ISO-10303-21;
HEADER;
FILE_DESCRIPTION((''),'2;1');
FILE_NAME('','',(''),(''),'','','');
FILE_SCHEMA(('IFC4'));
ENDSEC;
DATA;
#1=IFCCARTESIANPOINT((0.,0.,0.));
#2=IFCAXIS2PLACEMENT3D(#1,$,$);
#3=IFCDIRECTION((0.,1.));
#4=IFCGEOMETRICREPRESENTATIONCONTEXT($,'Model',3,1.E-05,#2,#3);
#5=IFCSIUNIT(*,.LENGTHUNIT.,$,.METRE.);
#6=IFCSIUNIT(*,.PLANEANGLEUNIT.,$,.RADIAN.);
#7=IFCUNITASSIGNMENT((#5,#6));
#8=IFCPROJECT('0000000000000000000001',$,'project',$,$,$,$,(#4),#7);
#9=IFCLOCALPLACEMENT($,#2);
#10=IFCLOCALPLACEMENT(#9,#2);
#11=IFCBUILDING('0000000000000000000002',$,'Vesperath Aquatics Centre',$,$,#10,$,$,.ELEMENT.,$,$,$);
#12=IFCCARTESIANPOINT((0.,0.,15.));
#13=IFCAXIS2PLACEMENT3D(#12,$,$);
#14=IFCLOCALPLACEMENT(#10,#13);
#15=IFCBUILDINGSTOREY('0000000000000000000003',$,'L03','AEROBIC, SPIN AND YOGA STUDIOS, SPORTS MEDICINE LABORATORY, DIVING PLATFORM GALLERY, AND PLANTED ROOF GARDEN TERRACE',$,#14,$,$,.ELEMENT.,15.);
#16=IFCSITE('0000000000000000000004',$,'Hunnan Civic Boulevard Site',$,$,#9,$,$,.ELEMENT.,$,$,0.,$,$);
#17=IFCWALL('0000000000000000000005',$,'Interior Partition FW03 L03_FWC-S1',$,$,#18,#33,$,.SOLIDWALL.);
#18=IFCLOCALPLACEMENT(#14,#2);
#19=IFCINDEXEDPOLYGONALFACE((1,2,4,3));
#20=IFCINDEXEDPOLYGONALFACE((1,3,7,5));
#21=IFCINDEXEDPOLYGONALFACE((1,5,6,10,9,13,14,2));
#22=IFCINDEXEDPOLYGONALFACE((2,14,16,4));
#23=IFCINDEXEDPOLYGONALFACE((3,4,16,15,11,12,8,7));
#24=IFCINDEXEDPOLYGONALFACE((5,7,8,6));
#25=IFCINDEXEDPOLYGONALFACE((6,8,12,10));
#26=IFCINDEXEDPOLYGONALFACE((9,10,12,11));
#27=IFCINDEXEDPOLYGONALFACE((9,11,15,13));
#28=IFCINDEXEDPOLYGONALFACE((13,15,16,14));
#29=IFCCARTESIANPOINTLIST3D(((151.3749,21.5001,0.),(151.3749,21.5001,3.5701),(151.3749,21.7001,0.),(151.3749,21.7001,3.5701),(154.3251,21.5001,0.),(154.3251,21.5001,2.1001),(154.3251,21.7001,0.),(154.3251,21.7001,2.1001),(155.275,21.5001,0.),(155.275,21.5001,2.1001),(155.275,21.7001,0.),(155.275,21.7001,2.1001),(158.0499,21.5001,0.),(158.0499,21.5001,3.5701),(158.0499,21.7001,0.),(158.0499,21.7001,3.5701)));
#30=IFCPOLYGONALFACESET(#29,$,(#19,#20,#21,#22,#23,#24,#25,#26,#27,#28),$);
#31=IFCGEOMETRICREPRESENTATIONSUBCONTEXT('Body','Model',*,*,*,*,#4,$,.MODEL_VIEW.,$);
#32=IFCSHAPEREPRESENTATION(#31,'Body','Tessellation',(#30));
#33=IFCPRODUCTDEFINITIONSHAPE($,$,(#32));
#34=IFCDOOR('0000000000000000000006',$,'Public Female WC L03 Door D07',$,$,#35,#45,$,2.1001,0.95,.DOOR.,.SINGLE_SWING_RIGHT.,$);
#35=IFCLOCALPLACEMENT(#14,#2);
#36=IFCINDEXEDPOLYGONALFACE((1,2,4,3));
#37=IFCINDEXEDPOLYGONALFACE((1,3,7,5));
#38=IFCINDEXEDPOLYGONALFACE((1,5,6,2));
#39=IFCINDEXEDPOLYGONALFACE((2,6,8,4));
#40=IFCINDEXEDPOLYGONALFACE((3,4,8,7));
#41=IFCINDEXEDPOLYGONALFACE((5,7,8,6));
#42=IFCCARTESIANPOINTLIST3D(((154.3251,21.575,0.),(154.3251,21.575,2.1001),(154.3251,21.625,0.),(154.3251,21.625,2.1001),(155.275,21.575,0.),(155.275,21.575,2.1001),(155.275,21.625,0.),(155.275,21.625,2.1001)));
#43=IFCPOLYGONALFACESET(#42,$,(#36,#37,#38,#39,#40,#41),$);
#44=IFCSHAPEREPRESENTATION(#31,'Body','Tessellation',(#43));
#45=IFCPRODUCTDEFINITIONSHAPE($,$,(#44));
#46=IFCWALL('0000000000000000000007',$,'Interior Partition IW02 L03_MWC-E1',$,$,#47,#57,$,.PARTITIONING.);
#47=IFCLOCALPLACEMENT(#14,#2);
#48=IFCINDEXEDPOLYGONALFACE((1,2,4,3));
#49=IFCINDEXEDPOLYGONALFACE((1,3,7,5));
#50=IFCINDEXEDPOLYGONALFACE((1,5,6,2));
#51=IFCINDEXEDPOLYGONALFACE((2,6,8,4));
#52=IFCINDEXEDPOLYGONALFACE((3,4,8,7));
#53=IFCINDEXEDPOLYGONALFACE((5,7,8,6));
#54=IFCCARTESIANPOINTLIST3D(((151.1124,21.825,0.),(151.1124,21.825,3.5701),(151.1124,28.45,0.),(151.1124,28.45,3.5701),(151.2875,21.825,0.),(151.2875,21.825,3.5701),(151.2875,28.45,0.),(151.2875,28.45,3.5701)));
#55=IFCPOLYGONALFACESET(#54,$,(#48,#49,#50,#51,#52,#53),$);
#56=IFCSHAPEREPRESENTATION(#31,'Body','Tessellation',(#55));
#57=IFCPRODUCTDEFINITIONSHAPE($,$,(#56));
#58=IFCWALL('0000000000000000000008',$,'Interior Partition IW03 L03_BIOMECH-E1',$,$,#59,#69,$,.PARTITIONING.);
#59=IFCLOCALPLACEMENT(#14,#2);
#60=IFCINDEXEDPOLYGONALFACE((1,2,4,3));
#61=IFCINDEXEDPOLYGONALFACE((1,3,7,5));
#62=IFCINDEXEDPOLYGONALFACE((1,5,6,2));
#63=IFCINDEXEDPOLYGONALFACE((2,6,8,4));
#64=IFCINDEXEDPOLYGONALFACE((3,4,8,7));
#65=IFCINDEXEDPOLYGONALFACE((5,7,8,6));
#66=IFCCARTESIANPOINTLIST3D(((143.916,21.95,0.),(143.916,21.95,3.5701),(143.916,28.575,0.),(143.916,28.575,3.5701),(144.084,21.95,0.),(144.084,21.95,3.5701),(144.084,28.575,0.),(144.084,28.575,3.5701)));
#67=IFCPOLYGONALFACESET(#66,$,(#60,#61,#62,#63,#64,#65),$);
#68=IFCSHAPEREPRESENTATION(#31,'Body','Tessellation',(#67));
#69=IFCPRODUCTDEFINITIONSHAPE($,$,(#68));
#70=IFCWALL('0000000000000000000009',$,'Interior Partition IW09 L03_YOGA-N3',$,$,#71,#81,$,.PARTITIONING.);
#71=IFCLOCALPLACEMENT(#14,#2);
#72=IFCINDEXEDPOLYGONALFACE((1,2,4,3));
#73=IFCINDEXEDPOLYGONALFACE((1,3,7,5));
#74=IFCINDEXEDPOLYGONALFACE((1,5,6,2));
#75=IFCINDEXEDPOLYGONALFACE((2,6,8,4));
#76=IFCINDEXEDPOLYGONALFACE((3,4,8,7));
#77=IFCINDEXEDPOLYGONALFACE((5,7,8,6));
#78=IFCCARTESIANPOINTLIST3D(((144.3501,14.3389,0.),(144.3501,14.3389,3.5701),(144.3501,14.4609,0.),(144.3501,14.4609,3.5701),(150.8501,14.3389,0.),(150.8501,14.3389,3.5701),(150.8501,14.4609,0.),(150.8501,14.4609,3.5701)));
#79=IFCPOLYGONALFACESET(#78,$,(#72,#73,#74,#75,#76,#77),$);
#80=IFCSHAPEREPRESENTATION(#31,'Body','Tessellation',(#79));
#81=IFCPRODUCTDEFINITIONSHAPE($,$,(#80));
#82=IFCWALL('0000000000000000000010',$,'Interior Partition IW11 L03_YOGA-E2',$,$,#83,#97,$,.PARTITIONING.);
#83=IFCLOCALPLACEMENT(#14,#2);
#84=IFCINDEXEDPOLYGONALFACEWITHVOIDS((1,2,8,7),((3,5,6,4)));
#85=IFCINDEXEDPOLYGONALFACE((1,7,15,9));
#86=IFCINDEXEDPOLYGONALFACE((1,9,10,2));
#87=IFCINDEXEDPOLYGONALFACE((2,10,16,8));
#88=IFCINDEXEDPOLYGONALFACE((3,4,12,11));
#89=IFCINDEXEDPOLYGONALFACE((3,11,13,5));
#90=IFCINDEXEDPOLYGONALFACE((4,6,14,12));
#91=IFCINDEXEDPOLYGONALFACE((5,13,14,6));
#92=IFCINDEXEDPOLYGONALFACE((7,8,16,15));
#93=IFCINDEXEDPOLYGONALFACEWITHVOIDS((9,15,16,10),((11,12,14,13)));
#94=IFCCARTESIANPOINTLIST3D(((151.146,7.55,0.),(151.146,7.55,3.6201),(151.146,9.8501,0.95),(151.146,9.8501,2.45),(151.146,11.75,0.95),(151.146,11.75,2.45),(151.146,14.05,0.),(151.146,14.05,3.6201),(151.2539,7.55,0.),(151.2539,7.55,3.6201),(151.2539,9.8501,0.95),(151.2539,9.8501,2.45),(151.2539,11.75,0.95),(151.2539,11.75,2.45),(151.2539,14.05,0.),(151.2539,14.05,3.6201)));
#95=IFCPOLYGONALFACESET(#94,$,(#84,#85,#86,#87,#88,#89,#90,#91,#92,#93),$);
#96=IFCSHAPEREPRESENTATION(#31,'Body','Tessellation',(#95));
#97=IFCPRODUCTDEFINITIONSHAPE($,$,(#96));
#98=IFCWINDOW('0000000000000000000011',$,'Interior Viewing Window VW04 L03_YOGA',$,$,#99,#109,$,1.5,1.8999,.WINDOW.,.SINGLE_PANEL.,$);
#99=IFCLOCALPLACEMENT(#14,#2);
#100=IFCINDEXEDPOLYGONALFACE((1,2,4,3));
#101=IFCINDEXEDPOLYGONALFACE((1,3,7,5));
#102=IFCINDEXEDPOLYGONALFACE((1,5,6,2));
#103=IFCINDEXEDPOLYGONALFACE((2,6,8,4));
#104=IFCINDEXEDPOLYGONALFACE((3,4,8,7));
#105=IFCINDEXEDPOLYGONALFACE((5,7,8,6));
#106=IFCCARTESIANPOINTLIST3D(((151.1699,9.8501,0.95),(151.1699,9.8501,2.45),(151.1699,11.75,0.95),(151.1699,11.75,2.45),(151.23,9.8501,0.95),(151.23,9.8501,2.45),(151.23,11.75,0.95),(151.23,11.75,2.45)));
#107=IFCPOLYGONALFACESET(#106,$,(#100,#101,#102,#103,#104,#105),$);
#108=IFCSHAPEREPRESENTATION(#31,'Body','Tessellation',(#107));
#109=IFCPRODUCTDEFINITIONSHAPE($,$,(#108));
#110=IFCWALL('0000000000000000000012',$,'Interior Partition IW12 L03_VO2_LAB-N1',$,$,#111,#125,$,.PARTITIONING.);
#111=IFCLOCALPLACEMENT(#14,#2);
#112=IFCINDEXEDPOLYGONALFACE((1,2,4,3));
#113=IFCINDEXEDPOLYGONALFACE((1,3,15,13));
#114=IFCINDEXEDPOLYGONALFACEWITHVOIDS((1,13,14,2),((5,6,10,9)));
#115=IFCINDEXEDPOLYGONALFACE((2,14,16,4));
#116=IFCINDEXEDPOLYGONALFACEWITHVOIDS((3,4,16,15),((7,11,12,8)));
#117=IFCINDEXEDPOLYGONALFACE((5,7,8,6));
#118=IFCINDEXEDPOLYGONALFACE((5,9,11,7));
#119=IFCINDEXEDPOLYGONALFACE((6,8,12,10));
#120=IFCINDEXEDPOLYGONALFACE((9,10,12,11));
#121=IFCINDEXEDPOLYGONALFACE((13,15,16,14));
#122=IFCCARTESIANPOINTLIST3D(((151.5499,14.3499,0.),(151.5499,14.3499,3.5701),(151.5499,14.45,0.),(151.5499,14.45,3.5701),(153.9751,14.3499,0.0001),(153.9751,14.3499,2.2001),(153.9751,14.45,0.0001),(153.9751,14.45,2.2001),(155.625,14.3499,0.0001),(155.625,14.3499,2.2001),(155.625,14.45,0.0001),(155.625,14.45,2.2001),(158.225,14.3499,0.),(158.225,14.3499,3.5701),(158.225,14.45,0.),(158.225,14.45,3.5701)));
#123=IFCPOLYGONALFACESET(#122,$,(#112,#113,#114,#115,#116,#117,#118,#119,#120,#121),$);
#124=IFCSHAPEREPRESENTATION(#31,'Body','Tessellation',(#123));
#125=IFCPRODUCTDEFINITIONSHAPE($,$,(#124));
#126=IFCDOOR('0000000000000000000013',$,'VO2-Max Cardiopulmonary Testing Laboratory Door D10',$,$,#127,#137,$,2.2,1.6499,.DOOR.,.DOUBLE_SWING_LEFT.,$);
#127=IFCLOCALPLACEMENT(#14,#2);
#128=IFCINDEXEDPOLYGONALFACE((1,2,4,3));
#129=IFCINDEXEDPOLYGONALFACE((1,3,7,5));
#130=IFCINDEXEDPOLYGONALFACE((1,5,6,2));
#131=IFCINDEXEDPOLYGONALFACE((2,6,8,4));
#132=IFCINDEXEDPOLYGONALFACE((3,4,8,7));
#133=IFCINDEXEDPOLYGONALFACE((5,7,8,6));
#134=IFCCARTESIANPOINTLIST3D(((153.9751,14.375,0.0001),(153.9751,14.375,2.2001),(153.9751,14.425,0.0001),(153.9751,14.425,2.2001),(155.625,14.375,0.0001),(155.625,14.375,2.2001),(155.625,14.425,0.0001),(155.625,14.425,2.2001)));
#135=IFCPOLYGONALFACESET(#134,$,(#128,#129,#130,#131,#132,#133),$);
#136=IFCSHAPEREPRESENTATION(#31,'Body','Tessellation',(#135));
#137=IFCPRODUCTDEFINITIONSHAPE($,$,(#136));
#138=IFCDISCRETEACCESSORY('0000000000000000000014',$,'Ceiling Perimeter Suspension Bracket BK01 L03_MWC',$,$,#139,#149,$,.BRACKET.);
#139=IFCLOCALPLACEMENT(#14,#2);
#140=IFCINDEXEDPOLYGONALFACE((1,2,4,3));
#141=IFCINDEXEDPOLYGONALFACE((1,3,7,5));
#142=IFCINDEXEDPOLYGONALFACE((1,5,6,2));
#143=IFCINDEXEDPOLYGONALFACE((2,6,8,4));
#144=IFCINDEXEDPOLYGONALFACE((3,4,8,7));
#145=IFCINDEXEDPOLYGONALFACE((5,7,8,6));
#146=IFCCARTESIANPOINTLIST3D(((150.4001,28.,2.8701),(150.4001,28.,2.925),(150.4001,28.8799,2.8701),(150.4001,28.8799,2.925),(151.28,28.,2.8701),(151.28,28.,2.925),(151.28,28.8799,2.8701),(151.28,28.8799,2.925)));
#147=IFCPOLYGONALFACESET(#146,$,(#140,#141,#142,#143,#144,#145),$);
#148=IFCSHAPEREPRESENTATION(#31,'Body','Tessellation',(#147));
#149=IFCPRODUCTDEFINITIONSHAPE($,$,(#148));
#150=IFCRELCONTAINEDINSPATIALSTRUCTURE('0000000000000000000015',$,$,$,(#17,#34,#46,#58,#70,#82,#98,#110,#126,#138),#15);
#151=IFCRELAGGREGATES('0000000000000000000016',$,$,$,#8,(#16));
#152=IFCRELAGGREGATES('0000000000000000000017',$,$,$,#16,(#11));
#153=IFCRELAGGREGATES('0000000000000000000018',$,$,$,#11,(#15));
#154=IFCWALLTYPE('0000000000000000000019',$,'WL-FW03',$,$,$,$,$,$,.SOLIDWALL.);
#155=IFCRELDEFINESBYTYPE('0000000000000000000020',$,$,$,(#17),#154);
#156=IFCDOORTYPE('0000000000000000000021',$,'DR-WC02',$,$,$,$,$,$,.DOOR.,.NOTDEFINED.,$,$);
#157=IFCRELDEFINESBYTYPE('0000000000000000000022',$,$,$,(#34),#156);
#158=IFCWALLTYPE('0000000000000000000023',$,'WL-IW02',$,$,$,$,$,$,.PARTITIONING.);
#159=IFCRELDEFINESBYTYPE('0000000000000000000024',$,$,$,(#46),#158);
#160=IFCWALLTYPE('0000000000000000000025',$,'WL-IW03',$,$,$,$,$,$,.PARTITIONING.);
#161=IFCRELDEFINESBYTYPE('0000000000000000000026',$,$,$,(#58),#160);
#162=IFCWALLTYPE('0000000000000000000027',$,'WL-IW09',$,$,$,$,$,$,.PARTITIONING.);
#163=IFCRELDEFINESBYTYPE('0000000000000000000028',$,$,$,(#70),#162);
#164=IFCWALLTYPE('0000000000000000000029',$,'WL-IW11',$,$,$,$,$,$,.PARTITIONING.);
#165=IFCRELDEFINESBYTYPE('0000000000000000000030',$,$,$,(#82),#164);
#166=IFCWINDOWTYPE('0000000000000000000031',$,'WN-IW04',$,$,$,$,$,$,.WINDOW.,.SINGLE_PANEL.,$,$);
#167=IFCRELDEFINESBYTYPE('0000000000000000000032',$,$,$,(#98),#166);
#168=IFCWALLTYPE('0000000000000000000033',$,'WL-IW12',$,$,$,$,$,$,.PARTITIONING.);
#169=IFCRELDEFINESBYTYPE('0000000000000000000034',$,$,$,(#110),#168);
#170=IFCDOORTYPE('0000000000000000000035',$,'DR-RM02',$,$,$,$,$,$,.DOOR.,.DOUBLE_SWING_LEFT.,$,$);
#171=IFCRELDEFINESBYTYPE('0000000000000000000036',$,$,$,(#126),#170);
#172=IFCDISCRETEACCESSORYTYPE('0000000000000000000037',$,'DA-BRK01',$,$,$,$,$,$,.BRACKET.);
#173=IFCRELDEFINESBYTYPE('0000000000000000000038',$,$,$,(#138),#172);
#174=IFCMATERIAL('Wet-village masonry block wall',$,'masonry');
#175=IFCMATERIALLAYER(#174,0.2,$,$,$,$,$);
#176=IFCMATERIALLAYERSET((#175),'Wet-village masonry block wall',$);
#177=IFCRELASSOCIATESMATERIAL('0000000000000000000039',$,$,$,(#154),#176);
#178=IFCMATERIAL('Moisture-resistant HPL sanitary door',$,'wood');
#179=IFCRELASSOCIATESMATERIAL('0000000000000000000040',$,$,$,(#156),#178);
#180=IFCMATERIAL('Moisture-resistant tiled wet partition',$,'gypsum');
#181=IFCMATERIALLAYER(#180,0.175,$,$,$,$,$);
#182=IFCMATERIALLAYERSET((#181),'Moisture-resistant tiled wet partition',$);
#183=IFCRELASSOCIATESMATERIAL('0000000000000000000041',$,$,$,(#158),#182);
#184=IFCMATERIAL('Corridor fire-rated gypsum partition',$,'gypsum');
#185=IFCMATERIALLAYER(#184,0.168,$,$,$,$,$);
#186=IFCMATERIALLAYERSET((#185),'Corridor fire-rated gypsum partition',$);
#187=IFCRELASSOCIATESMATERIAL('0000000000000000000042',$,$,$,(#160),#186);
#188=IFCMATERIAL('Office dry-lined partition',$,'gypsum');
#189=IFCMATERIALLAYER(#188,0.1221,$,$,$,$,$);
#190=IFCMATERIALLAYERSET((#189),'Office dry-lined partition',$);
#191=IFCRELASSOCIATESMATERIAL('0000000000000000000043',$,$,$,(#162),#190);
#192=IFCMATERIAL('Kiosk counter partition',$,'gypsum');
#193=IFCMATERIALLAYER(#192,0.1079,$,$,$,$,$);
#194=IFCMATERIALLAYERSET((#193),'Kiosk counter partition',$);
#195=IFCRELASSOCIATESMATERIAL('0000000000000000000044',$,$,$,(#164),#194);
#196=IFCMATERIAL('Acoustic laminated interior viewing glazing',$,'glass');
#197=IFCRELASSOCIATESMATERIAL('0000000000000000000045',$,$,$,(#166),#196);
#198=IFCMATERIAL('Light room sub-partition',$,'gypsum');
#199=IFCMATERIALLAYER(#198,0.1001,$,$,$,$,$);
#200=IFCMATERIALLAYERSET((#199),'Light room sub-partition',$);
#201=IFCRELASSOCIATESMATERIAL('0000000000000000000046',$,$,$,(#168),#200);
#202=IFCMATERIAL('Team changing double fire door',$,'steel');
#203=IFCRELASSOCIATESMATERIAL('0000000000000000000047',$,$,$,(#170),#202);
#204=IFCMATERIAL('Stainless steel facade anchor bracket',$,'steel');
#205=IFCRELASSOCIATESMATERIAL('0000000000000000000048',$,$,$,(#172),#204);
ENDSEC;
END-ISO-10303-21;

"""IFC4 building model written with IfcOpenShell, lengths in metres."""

from ifc_helpers import new_model, si_unit, direction, frame, frame_2d, origin, origin_2d, place, context, subcontext, project, spatial, rectangle, extrude, material, layer, layer_set, type_object, element, fill, save


model = new_model("IFC4")

# Units and contexts
model_context = context("Model", 3, precision=1e-05, world=origin(), true_north=direction((0.0, 1.0)))
body_context = subcontext(model_context, "Body", "Model", "MODEL_VIEW")
ifc_project = project(units=[si_unit("LENGTHUNIT", "METRE"), si_unit("PLANEANGLEUNIT", "RADIAN")], contexts=[model_context])

# Site, building, storey
site_placement = place(None, origin())
site = spatial("IfcSite", under=ifc_project, at=site_placement, Name="Hunnan Civic Boulevard Site", CompositionType="ELEMENT", RefElevation=0.0)
building_placement = place(site_placement, origin())
building = spatial("IfcBuilding", under=site, at=building_placement, Name="Vesperath Aquatics Centre", CompositionType="ELEMENT")
storey_placement = place(building_placement, frame((0.0, 0.0, 15.0)))
storey = spatial("IfcBuildingStorey", under=building, at=storey_placement, Name="L03", Description="AEROBIC, SPIN AND YOGA STUDIOS, SPORTS MEDICINE LABORATORY, DIVING PLATFORM GALLERY, AND PLANTED ROOF GARDEN TERRACE", CompositionType="ELEMENT", Elevation=15.0)

# Wall, opening, door
ifc_material_1 = material(Name="Wet-village masonry block wall", Category="masonry")
ifc_layer_1 = layer(ifc_material_1, 0.2)
ifc_layer_set_1 = layer_set([ifc_layer_1], Name="Wet-village masonry block wall")
wall_type_1 = type_object("IfcWallType", Name="WL-FW03", PredefinedType="SOLIDWALL", material=ifc_layer_set_1)
wall_1_placement = place(storey_placement, frame((151.375, 21.6001, 0.0), z_axis=(0.0, 0.0, 1.0), x_axis=(1.0, 0.0, 0.0)))
wall_1 = element("IfcWall", 1, at=wall_1_placement, inside=storey, type_object=wall_type_1, Name="Interior Partition FW03 L03_FWC-S1", PredefinedType="SOLIDWALL", context=body_context, shape_type="SweptSolid", body=[
    extrude(rectangle(XDim=6.675, YDim=0.2, at=frame_2d((3.3374, 0.0))), origin(), (0.0, 0.0, 1.0), 3.5701),
])
opening_1_placement = place(wall_1_placement, frame((2.95, 0.0, 0.0)))
opening_1 = element("IfcOpeningElement", 2, at=opening_1_placement, cuts=wall_1, PredefinedType="OPENING", context=body_context, shape_type="SweptSolid", body=[
    extrude(rectangle(XDim=0.95, YDim=2.1001, at=frame_2d((0.4751, 1.05))), frame((0.0, 0.1147, 0.0), z_axis=(0.0, -1.0, 0.0), x_axis=(1.0, 0.0, 0.0)), (0.0, 0.0, 1.0), 0.2297),
])
ifc_material_2 = material(Name="Moisture-resistant HPL sanitary door", Category="wood")
door_type_1 = type_object("IfcDoorType", Name="DR-WC02", OperationType="NOTDEFINED", PredefinedType="DOOR", material=ifc_material_2)
door_1_placement = place(opening_1_placement, origin())
door_1 = element("IfcDoor", 3, at=door_1_placement, inside=storey, type_object=door_type_1, Name="Public Female WC L03 Door D07", OperationType="SINGLE_SWING_RIGHT", OverallHeight=2.1001, OverallWidth=0.95, PredefinedType="DOOR", context=body_context, shape_type="SweptSolid", body=[
    extrude(rectangle(XDim=0.95, YDim=2.1001, at=frame_2d((0.4751, 1.05))), frame((0.0, 0.0249, 0.0), z_axis=(0.0, -1.0, 0.0), x_axis=(1.0, 0.0, 0.0)), (0.0, 0.0, 1.0), 0.05),
])
fill(opening_1, door_1)

# Walls
ifc_material_3 = material(Name="Moisture-resistant tiled wet partition", Category="gypsum")
ifc_layer_2 = layer(ifc_material_3, 0.175)
ifc_layer_set_2 = layer_set([ifc_layer_2], Name="Moisture-resistant tiled wet partition")
wall_type_2 = type_object("IfcWallType", Name="WL-IW02", PredefinedType="PARTITIONING", material=ifc_layer_set_2)
wall_2_placement = place(storey_placement, frame((151.2, 21.825, 0.0), z_axis=(0.0, 0.0, 1.0), x_axis=(0.0, 1.0, 0.0)))
element("IfcWall", 4, at=wall_2_placement, inside=storey, type_object=wall_type_2, Name="Interior Partition IW02 L03_MWC-E1", PredefinedType="PARTITIONING", context=body_context, shape_type="SweptSolid", body=[
    extrude(rectangle(XDim=6.625, YDim=0.175, at=frame_2d((3.3125, 0.0))), origin(), (0.0, 0.0, 1.0), 3.5701),
])
ifc_material_4 = material(Name="Corridor fire-rated gypsum partition", Category="gypsum")
ifc_layer_3 = layer(ifc_material_4, 0.168)
ifc_layer_set_3 = layer_set([ifc_layer_3], Name="Corridor fire-rated gypsum partition")
wall_type_3 = type_object("IfcWallType", Name="WL-IW03", PredefinedType="PARTITIONING", material=ifc_layer_set_3)
wall_3_placement = place(storey_placement, frame((144.0, 21.95, 0.0), z_axis=(0.0, 0.0, 1.0), x_axis=(0.0, 1.0, 0.0)))
element("IfcWall", 5, at=wall_3_placement, inside=storey, type_object=wall_type_3, Name="Interior Partition IW03 L03_BIOMECH-E1", PredefinedType="PARTITIONING", context=body_context, shape_type="SweptSolid", body=[
    extrude(rectangle(XDim=6.625, YDim=0.168, at=frame_2d((3.3125, 0.0))), origin(), (0.0, 0.0, 1.0), 3.5701),
])
ifc_material_5 = material(Name="Office dry-lined partition", Category="gypsum")
ifc_layer_4 = layer(ifc_material_5, 0.1221)
ifc_layer_set_4 = layer_set([ifc_layer_4], Name="Office dry-lined partition")
wall_type_4 = type_object("IfcWallType", Name="WL-IW09", PredefinedType="PARTITIONING", material=ifc_layer_set_4)
wall_4_placement = place(storey_placement, frame((144.3501, 14.3999, 0.0), z_axis=(0.0, 0.0, 1.0), x_axis=(1.0, 0.0, 0.0)))
element("IfcWall", 6, at=wall_4_placement, inside=storey, type_object=wall_type_4, Name="Interior Partition IW09 L03_YOGA-N3", PredefinedType="PARTITIONING", context=body_context, shape_type="SweptSolid", body=[
    extrude(rectangle(XDim=6.5, YDim=0.1221, at=frame_2d((3.25, 0.0))), origin(), (0.0, 0.0, 1.0), 3.5701),
])

# Wall, opening, window
ifc_material_6 = material(Name="Kiosk counter partition", Category="gypsum")
ifc_layer_5 = layer(ifc_material_6, 0.1079)
ifc_layer_set_5 = layer_set([ifc_layer_5], Name="Kiosk counter partition")
wall_type_5 = type_object("IfcWallType", Name="WL-IW11", PredefinedType="PARTITIONING", material=ifc_layer_set_5)
wall_5_placement = place(storey_placement, frame((151.2, 7.55, 0.0), z_axis=(0.0, 0.0, 1.0), x_axis=(0.0, 1.0, 0.0)))
wall_5 = element("IfcWall", 7, at=wall_5_placement, inside=storey, type_object=wall_type_5, Name="Interior Partition IW11 L03_YOGA-E2", PredefinedType="PARTITIONING", context=body_context, shape_type="SweptSolid", body=[
    extrude(rectangle(XDim=6.5, YDim=0.1079, at=frame_2d((3.25, 0.0))), origin(), (0.0, 0.0, 1.0), 3.6201),
])
opening_2_placement = place(wall_5_placement, frame((2.3, 0.0, 0.95)))
opening_2 = element("IfcOpeningElement", 8, at=opening_2_placement, cuts=wall_5, PredefinedType="OPENING", context=body_context, shape_type="SweptSolid", body=[
    extrude(rectangle(XDim=1.8999, YDim=1.5, at=frame_2d((0.95, 0.75))), frame((0.0, 0.0688, 0.0), z_axis=(0.0, -1.0, 0.0), x_axis=(1.0, 0.0, 0.0)), (0.0, 0.0, 1.0), 0.1377),
])
ifc_material_7 = material(Name="Acoustic laminated interior viewing glazing", Category="glass")
window_type = type_object("IfcWindowType", Name="WN-IW04", PartitioningType="SINGLE_PANEL", PredefinedType="WINDOW", material=ifc_material_7)
window_placement = place(opening_2_placement, origin())
window = element("IfcWindow", 9, at=window_placement, inside=storey, type_object=window_type, Name="Interior Viewing Window VW04 L03_YOGA", OverallHeight=1.5, OverallWidth=1.8999, PartitioningType="SINGLE_PANEL", PredefinedType="WINDOW", context=body_context, shape_type="SweptSolid", body=[
    extrude(rectangle(XDim=1.8999, YDim=1.5, at=frame_2d((0.95, 0.75))), frame((0.0, 0.03, 0.0), z_axis=(0.0, -1.0, 0.0), x_axis=(1.0, 0.0, 0.0)), (0.0, 0.0, 1.0), 0.0601),
])
fill(opening_2, window)

# Wall, opening, door
ifc_material_8 = material(Name="Light room sub-partition", Category="gypsum")
ifc_layer_6 = layer(ifc_material_8, 0.1001)
ifc_layer_set_6 = layer_set([ifc_layer_6], Name="Light room sub-partition")
wall_type_6 = type_object("IfcWallType", Name="WL-IW12", PredefinedType="PARTITIONING", material=ifc_layer_set_6)
wall_6_placement = place(storey_placement, frame((151.55, 14.3999, 0.0), z_axis=(0.0, 0.0, 1.0), x_axis=(1.0, 0.0, 0.0)))
wall_6 = element("IfcWall", 10, at=wall_6_placement, inside=storey, type_object=wall_type_6, Name="Interior Partition IW12 L03_VO2_LAB-N1", PredefinedType="PARTITIONING", context=body_context, shape_type="SweptSolid", body=[
    extrude(rectangle(XDim=6.675, YDim=0.1001, at=frame_2d((3.3374, 0.0))), origin(), (0.0, 0.0, 1.0), 3.5701),
])
opening_3_placement = place(wall_6_placement, frame((2.425, 0.0, 0.0)))
opening_3 = element("IfcOpeningElement", 11, at=opening_3_placement, cuts=wall_6, PredefinedType="OPENING", context=body_context, shape_type="SweptSolid", body=[
    extrude(rectangle(XDim=1.6499, YDim=2.2, at=frame_2d((0.825, 1.1001))), frame((0.0, 0.0649, 0.0), z_axis=(0.0, -1.0, 0.0), x_axis=(1.0, 0.0, 0.0)), (0.0, 0.0, 1.0), 0.1299),
])
ifc_material_9 = material(Name="Team changing double fire door", Category="steel")
door_type_2 = type_object("IfcDoorType", Name="DR-RM02", OperationType="DOUBLE_SWING_LEFT", PredefinedType="DOOR", material=ifc_material_9)
door_2_placement = place(opening_3_placement, frame((1.6499, 0.0, 0.0), z_axis=(0.0, 0.0, 1.0), x_axis=(-1.0, 0.0, 0.0)))
door_2 = element("IfcDoor", 12, at=door_2_placement, inside=storey, type_object=door_type_2, Name="VO2-Max Cardiopulmonary Testing Laboratory Door D10", OperationType="DOUBLE_SWING_LEFT", OverallHeight=2.2, OverallWidth=1.6499, PredefinedType="DOOR", context=body_context, shape_type="SweptSolid", body=[
    extrude(rectangle(XDim=1.6499, YDim=2.2, at=frame_2d((0.825, 1.1001))), frame((0.0, 0.0249, 0.0), z_axis=(0.0, -1.0, 0.0), x_axis=(1.0, 0.0, 0.0)), (0.0, 0.0, 1.0), 0.05),
])
fill(opening_3, door_2)

# Discrete accessory
ifc_material_10 = material(Name="Stainless steel facade anchor bracket", Category="steel")
discrete_accessory_type = type_object("IfcDiscreteAccessoryType", Name="DA-BRK01", PredefinedType="BRACKET", material=ifc_material_10)
discrete_accessory_placement = place(storey_placement, frame((150.8401, 28.4399, 2.8701), z_axis=(0.0, 0.0, 1.0), x_axis=(1.0, 0.0, 0.0)))
element("IfcDiscreteAccessory", 13, at=discrete_accessory_placement, inside=storey, type_object=discrete_accessory_type, Name="Ceiling Perimeter Suspension Bracket BK01 L03_MWC", PredefinedType="BRACKET", context=body_context, shape_type="SweptSolid", body=[
    extrude(rectangle(XDim=0.8799, YDim=0.8799, at=origin_2d()), origin(), (0.0, 0.0, 1.0), 0.0549),
])

save(model, "model.ifc")
